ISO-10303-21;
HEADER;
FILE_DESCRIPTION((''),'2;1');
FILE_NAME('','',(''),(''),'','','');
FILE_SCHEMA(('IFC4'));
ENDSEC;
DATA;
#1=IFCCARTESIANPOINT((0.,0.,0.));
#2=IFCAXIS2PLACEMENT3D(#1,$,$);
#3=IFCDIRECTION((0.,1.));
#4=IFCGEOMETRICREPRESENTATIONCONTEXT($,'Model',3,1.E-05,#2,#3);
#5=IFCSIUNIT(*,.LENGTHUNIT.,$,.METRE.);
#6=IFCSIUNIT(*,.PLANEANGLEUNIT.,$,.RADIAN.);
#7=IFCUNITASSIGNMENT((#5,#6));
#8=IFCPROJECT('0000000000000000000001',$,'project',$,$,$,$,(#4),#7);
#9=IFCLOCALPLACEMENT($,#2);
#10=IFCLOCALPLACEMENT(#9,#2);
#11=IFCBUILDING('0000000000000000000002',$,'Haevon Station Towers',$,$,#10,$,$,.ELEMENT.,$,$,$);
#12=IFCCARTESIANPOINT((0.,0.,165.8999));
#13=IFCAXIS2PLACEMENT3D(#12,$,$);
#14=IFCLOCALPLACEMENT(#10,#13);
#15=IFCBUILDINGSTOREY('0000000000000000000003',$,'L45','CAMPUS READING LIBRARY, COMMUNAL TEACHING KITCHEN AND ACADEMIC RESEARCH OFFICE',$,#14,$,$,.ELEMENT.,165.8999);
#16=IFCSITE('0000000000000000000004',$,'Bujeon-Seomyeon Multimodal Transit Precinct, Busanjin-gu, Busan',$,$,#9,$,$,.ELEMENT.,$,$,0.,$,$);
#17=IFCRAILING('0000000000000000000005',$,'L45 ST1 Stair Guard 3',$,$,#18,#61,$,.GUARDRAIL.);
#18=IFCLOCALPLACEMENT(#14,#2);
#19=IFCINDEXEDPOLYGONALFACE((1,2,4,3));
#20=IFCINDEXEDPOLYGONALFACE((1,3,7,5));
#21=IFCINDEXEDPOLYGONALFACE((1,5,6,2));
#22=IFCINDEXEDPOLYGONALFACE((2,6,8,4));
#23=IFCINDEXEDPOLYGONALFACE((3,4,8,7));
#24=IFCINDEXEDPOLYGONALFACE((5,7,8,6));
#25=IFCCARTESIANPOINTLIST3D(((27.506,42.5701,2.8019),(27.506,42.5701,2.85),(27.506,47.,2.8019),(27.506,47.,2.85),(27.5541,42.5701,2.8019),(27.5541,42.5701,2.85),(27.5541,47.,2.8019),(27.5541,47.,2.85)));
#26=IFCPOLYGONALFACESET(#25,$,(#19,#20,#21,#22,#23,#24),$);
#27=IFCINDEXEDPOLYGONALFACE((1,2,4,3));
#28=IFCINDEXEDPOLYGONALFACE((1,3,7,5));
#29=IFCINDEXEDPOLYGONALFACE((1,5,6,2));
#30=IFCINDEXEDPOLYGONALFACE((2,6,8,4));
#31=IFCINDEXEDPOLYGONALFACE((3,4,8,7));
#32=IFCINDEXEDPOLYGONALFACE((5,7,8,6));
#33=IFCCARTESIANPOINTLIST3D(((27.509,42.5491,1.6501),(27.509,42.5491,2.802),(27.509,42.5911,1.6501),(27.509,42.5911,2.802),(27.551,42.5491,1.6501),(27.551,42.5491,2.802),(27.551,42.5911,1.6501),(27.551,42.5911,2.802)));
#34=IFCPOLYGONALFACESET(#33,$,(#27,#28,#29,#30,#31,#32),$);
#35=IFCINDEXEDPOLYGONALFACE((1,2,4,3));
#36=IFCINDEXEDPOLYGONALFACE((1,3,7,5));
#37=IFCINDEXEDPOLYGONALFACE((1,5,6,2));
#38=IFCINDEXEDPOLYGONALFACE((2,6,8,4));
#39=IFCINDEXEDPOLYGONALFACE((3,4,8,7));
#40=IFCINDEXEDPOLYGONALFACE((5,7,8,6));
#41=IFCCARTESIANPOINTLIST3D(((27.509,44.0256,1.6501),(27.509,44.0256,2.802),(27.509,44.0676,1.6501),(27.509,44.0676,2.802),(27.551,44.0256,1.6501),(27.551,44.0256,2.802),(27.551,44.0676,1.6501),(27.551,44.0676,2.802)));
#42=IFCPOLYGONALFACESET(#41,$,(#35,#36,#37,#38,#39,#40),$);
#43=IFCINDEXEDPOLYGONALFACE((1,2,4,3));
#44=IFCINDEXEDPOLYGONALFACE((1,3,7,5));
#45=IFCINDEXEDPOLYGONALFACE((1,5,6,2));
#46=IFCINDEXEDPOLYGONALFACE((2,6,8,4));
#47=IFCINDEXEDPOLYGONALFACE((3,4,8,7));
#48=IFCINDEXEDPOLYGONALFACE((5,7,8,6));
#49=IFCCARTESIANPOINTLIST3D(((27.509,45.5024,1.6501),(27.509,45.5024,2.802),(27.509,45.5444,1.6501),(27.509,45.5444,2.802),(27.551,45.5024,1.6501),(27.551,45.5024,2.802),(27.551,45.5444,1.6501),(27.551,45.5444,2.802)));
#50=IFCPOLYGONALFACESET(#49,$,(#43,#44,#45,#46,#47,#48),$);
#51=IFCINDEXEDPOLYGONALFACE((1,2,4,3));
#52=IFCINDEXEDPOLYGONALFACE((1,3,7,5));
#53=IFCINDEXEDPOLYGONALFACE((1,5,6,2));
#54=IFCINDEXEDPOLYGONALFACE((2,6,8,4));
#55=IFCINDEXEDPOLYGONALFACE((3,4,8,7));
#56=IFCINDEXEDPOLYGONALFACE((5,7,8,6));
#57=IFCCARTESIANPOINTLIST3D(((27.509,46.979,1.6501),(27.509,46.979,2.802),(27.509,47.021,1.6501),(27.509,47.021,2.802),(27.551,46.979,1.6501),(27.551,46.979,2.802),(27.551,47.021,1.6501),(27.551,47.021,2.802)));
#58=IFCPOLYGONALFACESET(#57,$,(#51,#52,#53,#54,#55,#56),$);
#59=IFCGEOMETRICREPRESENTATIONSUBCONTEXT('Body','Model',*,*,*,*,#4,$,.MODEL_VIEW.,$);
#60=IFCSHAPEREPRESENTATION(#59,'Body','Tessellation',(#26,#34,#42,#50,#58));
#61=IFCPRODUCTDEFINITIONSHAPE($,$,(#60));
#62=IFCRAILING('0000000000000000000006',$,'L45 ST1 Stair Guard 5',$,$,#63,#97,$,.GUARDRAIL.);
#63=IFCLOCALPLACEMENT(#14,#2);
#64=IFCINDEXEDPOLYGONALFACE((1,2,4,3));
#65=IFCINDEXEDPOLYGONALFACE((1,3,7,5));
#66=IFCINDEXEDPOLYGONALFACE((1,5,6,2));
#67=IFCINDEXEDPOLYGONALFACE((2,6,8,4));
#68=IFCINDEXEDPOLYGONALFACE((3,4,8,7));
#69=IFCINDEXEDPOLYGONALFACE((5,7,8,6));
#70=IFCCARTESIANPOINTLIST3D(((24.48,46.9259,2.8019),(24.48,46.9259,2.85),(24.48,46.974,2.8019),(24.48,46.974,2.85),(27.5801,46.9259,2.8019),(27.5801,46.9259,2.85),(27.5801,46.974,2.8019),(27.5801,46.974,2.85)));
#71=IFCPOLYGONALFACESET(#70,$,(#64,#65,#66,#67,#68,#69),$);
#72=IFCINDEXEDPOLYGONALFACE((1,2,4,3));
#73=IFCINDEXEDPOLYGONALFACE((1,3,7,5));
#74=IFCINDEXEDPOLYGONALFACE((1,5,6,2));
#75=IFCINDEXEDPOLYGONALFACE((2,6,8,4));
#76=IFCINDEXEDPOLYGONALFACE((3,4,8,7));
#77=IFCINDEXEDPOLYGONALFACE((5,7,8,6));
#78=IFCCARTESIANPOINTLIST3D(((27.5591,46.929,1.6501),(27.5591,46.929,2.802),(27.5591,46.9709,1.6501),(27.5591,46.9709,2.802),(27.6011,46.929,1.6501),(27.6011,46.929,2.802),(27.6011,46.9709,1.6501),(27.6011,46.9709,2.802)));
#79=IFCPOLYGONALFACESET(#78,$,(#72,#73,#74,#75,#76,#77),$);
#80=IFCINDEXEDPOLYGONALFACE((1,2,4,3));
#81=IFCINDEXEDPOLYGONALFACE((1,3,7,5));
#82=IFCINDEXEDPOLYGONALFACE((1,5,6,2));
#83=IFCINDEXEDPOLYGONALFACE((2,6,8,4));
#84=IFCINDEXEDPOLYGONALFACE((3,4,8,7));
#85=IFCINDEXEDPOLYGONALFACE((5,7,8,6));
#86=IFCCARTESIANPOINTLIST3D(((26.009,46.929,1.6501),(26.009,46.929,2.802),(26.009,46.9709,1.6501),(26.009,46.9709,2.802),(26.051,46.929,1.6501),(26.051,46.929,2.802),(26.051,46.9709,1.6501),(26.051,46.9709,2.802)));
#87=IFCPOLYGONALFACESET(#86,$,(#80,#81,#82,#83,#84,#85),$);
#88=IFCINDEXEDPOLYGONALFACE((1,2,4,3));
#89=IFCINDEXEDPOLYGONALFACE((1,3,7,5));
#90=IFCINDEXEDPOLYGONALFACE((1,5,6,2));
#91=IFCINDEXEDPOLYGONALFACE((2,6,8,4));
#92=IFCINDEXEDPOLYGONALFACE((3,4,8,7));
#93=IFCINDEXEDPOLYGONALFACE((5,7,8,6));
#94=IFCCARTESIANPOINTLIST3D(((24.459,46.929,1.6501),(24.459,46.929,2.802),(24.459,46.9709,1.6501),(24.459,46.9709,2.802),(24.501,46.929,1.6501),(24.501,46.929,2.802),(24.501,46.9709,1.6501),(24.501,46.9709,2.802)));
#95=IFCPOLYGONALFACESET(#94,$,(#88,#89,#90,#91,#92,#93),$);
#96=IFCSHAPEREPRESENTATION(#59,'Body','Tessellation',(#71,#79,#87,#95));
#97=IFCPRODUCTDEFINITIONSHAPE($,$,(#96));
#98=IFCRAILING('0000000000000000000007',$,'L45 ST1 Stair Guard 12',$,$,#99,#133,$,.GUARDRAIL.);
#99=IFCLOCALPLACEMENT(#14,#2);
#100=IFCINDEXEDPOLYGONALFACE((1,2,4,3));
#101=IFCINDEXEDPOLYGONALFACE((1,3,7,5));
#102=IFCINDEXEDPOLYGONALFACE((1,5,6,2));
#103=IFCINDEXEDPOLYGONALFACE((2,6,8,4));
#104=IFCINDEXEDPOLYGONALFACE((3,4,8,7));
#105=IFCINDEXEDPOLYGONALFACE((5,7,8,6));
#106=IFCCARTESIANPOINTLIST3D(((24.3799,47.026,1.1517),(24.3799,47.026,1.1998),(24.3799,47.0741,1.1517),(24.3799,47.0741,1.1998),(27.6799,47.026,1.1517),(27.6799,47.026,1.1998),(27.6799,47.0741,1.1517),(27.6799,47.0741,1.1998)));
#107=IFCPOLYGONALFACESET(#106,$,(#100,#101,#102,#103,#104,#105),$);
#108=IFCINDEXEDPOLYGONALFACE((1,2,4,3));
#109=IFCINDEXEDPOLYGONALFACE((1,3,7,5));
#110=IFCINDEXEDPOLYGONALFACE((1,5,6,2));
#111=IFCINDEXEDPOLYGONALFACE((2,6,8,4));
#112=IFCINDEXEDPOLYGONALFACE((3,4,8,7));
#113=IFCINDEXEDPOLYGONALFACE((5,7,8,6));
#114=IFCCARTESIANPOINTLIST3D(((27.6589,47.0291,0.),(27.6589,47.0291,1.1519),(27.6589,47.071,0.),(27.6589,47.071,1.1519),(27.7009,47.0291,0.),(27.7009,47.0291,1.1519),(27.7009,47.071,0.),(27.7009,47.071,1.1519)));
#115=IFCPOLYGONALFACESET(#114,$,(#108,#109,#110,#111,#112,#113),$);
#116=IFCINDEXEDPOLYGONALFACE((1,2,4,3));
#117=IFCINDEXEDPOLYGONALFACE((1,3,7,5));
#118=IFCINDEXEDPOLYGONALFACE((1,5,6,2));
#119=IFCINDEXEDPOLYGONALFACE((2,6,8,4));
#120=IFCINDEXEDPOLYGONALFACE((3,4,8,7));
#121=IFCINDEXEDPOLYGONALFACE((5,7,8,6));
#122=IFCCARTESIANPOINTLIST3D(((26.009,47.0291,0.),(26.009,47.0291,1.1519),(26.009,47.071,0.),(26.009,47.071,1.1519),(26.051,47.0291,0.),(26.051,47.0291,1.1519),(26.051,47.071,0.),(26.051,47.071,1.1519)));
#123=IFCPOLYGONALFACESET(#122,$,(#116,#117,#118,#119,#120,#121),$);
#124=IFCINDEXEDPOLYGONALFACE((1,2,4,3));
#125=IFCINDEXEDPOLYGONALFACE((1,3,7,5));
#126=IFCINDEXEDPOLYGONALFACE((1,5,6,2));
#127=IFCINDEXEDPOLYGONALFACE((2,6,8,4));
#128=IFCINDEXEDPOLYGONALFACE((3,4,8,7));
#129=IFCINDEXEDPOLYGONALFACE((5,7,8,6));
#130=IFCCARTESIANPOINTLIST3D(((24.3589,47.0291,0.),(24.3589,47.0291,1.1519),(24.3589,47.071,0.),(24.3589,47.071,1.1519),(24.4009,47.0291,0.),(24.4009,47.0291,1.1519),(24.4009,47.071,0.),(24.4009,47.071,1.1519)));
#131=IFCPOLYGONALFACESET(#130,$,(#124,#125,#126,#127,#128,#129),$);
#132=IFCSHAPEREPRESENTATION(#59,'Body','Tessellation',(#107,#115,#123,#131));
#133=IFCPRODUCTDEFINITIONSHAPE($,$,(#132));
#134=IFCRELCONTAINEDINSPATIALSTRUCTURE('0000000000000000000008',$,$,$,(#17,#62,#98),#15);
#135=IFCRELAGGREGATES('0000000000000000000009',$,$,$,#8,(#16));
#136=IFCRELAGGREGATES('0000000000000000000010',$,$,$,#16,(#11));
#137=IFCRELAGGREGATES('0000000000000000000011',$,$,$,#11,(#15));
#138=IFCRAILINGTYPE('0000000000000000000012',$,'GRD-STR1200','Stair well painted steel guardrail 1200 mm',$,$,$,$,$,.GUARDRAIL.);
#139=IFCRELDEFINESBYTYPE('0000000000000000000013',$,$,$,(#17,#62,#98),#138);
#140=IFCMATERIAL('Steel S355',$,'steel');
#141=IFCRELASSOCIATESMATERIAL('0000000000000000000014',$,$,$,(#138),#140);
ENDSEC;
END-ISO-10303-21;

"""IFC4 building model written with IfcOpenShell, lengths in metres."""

from ifc_helpers import new_model, si_unit, direction, frame, origin, origin_2d, place, context, subcontext, project, spatial, rectangle, extrude, material, type_object, element, save


model = new_model("IFC4")

# Units and contexts
model_context = context("Model", 3, precision=1e-05, world=origin(), true_north=direction((0.0, 1.0)))
body_context = subcontext(model_context, "Body", "Model", "MODEL_VIEW")
ifc_project = project(units=[si_unit("LENGTHUNIT", "METRE"), si_unit("PLANEANGLEUNIT", "RADIAN")], contexts=[model_context])

# Site, building, storey
site_placement = place(None, origin())
site = spatial("IfcSite", under=ifc_project, at=site_placement, Name="Bujeon-Seomyeon Multimodal Transit Precinct, Busanjin-gu, Busan", CompositionType="ELEMENT", RefElevation=0.0)
building_placement = place(site_placement, origin())
building = spatial("IfcBuilding", under=site, at=building_placement, Name="Haevon Station Towers", CompositionType="ELEMENT")
storey_placement = place(building_placement, frame((0.0, 0.0, 165.8999)))
storey = spatial("IfcBuildingStorey", under=building, at=storey_placement, Name="L45", Description="CAMPUS READING LIBRARY, COMMUNAL TEACHING KITCHEN AND ACADEMIC RESEARCH OFFICE", CompositionType="ELEMENT", Elevation=165.8999)

# Shared definitions
ifc_material_1 = material(Name="Steel S355", Category="steel")

# Railings
railing_type = type_object("IfcRailingType", Name="GRD-STR1200", Description="Stair well painted steel guardrail 1200 mm", PredefinedType="GUARDRAIL", material=ifc_material_1)
railing_1_placement = place(storey_placement, frame((27.53, 42.5701, 1.6501)))
element("IfcRailing", 1, at=railing_1_placement, inside=storey, type_object=railing_type, Name="L45 ST1 Stair Guard 3", PredefinedType="GUARDRAIL", context=body_context, shape_type="SweptSolid", body=[
    extrude(rectangle(XDim=0.0481, YDim=0.0481, at=origin_2d()), frame((0.0, 0.0, 1.1758), z_axis=(0.0, 1.0, 0.0), x_axis=(-1.0, 0.0, 0.0)), (0.0, 0.0, 1.0), 4.4299),
    extrude(rectangle(XDim=0.042, YDim=0.042, at=origin_2d()), origin(), (0.0, 0.0, 1.0), 1.1519),
    extrude(rectangle(XDim=0.042, YDim=0.042, at=origin_2d()), frame((0.0, 1.4766, 0.0)), (0.0, 0.0, 1.0), 1.1519),
    extrude(rectangle(XDim=0.042, YDim=0.042, at=origin_2d()), frame((0.0, 2.9534, 0.0)), (0.0, 0.0, 1.0), 1.1519),
    extrude(rectangle(XDim=0.042, YDim=0.042, at=origin_2d()), frame((0.0, 4.4299, 0.0)), (0.0, 0.0, 1.0), 1.1519),
])
railing_2_placement = place(storey_placement, frame((27.5801, 46.95, 1.6501)))
element("IfcRailing", 2, at=railing_2_placement, inside=storey, type_object=railing_type, Name="L45 ST1 Stair Guard 5", PredefinedType="GUARDRAIL", context=body_context, shape_type="SweptSolid", body=[
    extrude(rectangle(XDim=0.0481, YDim=0.0481, at=origin_2d()), frame((0.0, 0.0, 1.1758), z_axis=(-1.0, 0.0, 0.0), x_axis=(0.0, -1.0, 0.0)), (0.0, 0.0, 1.0), 3.1001),
    extrude(rectangle(XDim=0.042, YDim=0.042, at=origin_2d()), origin(), (0.0, 0.0, 1.0), 1.1519),
    extrude(rectangle(XDim=0.042, YDim=0.042, at=origin_2d()), frame((-1.55, 0.0, 0.0)), (0.0, 0.0, 1.0), 1.1519),
    extrude(rectangle(XDim=0.042, YDim=0.042, at=origin_2d()), frame((-3.1001, 0.0, 0.0)), (0.0, 0.0, 1.0), 1.1519),
])
railing_3_placement = place(storey_placement, frame((27.6799, 47.05, 0.0)))
element("IfcRailing", 3, at=railing_3_placement, inside=storey, type_object=railing_type, Name="L45 ST1 Stair Guard 12", PredefinedType="GUARDRAIL", context=body_context, shape_type="SweptSolid", body=[
    extrude(rectangle(XDim=0.0481, YDim=0.0481, at=origin_2d()), frame((0.0, 0.0, 1.1758), z_axis=(-1.0, 0.0, 0.0), x_axis=(0.0, -1.0, 0.0)), (0.0, 0.0, 1.0), 3.3),
    extrude(rectangle(XDim=0.042, YDim=0.042, at=origin_2d()), origin(), (0.0, 0.0, 1.0), 1.1519),
    extrude(rectangle(XDim=0.042, YDim=0.042, at=origin_2d()), frame((-1.6499, 0.0, 0.0)), (0.0, 0.0, 1.0), 1.1519),
    extrude(rectangle(XDim=0.042, YDim=0.042, at=origin_2d()), frame((-3.3, 0.0, 0.0)), (0.0, 0.0, 1.0), 1.1519),
])

save(model, "model.ifc")
